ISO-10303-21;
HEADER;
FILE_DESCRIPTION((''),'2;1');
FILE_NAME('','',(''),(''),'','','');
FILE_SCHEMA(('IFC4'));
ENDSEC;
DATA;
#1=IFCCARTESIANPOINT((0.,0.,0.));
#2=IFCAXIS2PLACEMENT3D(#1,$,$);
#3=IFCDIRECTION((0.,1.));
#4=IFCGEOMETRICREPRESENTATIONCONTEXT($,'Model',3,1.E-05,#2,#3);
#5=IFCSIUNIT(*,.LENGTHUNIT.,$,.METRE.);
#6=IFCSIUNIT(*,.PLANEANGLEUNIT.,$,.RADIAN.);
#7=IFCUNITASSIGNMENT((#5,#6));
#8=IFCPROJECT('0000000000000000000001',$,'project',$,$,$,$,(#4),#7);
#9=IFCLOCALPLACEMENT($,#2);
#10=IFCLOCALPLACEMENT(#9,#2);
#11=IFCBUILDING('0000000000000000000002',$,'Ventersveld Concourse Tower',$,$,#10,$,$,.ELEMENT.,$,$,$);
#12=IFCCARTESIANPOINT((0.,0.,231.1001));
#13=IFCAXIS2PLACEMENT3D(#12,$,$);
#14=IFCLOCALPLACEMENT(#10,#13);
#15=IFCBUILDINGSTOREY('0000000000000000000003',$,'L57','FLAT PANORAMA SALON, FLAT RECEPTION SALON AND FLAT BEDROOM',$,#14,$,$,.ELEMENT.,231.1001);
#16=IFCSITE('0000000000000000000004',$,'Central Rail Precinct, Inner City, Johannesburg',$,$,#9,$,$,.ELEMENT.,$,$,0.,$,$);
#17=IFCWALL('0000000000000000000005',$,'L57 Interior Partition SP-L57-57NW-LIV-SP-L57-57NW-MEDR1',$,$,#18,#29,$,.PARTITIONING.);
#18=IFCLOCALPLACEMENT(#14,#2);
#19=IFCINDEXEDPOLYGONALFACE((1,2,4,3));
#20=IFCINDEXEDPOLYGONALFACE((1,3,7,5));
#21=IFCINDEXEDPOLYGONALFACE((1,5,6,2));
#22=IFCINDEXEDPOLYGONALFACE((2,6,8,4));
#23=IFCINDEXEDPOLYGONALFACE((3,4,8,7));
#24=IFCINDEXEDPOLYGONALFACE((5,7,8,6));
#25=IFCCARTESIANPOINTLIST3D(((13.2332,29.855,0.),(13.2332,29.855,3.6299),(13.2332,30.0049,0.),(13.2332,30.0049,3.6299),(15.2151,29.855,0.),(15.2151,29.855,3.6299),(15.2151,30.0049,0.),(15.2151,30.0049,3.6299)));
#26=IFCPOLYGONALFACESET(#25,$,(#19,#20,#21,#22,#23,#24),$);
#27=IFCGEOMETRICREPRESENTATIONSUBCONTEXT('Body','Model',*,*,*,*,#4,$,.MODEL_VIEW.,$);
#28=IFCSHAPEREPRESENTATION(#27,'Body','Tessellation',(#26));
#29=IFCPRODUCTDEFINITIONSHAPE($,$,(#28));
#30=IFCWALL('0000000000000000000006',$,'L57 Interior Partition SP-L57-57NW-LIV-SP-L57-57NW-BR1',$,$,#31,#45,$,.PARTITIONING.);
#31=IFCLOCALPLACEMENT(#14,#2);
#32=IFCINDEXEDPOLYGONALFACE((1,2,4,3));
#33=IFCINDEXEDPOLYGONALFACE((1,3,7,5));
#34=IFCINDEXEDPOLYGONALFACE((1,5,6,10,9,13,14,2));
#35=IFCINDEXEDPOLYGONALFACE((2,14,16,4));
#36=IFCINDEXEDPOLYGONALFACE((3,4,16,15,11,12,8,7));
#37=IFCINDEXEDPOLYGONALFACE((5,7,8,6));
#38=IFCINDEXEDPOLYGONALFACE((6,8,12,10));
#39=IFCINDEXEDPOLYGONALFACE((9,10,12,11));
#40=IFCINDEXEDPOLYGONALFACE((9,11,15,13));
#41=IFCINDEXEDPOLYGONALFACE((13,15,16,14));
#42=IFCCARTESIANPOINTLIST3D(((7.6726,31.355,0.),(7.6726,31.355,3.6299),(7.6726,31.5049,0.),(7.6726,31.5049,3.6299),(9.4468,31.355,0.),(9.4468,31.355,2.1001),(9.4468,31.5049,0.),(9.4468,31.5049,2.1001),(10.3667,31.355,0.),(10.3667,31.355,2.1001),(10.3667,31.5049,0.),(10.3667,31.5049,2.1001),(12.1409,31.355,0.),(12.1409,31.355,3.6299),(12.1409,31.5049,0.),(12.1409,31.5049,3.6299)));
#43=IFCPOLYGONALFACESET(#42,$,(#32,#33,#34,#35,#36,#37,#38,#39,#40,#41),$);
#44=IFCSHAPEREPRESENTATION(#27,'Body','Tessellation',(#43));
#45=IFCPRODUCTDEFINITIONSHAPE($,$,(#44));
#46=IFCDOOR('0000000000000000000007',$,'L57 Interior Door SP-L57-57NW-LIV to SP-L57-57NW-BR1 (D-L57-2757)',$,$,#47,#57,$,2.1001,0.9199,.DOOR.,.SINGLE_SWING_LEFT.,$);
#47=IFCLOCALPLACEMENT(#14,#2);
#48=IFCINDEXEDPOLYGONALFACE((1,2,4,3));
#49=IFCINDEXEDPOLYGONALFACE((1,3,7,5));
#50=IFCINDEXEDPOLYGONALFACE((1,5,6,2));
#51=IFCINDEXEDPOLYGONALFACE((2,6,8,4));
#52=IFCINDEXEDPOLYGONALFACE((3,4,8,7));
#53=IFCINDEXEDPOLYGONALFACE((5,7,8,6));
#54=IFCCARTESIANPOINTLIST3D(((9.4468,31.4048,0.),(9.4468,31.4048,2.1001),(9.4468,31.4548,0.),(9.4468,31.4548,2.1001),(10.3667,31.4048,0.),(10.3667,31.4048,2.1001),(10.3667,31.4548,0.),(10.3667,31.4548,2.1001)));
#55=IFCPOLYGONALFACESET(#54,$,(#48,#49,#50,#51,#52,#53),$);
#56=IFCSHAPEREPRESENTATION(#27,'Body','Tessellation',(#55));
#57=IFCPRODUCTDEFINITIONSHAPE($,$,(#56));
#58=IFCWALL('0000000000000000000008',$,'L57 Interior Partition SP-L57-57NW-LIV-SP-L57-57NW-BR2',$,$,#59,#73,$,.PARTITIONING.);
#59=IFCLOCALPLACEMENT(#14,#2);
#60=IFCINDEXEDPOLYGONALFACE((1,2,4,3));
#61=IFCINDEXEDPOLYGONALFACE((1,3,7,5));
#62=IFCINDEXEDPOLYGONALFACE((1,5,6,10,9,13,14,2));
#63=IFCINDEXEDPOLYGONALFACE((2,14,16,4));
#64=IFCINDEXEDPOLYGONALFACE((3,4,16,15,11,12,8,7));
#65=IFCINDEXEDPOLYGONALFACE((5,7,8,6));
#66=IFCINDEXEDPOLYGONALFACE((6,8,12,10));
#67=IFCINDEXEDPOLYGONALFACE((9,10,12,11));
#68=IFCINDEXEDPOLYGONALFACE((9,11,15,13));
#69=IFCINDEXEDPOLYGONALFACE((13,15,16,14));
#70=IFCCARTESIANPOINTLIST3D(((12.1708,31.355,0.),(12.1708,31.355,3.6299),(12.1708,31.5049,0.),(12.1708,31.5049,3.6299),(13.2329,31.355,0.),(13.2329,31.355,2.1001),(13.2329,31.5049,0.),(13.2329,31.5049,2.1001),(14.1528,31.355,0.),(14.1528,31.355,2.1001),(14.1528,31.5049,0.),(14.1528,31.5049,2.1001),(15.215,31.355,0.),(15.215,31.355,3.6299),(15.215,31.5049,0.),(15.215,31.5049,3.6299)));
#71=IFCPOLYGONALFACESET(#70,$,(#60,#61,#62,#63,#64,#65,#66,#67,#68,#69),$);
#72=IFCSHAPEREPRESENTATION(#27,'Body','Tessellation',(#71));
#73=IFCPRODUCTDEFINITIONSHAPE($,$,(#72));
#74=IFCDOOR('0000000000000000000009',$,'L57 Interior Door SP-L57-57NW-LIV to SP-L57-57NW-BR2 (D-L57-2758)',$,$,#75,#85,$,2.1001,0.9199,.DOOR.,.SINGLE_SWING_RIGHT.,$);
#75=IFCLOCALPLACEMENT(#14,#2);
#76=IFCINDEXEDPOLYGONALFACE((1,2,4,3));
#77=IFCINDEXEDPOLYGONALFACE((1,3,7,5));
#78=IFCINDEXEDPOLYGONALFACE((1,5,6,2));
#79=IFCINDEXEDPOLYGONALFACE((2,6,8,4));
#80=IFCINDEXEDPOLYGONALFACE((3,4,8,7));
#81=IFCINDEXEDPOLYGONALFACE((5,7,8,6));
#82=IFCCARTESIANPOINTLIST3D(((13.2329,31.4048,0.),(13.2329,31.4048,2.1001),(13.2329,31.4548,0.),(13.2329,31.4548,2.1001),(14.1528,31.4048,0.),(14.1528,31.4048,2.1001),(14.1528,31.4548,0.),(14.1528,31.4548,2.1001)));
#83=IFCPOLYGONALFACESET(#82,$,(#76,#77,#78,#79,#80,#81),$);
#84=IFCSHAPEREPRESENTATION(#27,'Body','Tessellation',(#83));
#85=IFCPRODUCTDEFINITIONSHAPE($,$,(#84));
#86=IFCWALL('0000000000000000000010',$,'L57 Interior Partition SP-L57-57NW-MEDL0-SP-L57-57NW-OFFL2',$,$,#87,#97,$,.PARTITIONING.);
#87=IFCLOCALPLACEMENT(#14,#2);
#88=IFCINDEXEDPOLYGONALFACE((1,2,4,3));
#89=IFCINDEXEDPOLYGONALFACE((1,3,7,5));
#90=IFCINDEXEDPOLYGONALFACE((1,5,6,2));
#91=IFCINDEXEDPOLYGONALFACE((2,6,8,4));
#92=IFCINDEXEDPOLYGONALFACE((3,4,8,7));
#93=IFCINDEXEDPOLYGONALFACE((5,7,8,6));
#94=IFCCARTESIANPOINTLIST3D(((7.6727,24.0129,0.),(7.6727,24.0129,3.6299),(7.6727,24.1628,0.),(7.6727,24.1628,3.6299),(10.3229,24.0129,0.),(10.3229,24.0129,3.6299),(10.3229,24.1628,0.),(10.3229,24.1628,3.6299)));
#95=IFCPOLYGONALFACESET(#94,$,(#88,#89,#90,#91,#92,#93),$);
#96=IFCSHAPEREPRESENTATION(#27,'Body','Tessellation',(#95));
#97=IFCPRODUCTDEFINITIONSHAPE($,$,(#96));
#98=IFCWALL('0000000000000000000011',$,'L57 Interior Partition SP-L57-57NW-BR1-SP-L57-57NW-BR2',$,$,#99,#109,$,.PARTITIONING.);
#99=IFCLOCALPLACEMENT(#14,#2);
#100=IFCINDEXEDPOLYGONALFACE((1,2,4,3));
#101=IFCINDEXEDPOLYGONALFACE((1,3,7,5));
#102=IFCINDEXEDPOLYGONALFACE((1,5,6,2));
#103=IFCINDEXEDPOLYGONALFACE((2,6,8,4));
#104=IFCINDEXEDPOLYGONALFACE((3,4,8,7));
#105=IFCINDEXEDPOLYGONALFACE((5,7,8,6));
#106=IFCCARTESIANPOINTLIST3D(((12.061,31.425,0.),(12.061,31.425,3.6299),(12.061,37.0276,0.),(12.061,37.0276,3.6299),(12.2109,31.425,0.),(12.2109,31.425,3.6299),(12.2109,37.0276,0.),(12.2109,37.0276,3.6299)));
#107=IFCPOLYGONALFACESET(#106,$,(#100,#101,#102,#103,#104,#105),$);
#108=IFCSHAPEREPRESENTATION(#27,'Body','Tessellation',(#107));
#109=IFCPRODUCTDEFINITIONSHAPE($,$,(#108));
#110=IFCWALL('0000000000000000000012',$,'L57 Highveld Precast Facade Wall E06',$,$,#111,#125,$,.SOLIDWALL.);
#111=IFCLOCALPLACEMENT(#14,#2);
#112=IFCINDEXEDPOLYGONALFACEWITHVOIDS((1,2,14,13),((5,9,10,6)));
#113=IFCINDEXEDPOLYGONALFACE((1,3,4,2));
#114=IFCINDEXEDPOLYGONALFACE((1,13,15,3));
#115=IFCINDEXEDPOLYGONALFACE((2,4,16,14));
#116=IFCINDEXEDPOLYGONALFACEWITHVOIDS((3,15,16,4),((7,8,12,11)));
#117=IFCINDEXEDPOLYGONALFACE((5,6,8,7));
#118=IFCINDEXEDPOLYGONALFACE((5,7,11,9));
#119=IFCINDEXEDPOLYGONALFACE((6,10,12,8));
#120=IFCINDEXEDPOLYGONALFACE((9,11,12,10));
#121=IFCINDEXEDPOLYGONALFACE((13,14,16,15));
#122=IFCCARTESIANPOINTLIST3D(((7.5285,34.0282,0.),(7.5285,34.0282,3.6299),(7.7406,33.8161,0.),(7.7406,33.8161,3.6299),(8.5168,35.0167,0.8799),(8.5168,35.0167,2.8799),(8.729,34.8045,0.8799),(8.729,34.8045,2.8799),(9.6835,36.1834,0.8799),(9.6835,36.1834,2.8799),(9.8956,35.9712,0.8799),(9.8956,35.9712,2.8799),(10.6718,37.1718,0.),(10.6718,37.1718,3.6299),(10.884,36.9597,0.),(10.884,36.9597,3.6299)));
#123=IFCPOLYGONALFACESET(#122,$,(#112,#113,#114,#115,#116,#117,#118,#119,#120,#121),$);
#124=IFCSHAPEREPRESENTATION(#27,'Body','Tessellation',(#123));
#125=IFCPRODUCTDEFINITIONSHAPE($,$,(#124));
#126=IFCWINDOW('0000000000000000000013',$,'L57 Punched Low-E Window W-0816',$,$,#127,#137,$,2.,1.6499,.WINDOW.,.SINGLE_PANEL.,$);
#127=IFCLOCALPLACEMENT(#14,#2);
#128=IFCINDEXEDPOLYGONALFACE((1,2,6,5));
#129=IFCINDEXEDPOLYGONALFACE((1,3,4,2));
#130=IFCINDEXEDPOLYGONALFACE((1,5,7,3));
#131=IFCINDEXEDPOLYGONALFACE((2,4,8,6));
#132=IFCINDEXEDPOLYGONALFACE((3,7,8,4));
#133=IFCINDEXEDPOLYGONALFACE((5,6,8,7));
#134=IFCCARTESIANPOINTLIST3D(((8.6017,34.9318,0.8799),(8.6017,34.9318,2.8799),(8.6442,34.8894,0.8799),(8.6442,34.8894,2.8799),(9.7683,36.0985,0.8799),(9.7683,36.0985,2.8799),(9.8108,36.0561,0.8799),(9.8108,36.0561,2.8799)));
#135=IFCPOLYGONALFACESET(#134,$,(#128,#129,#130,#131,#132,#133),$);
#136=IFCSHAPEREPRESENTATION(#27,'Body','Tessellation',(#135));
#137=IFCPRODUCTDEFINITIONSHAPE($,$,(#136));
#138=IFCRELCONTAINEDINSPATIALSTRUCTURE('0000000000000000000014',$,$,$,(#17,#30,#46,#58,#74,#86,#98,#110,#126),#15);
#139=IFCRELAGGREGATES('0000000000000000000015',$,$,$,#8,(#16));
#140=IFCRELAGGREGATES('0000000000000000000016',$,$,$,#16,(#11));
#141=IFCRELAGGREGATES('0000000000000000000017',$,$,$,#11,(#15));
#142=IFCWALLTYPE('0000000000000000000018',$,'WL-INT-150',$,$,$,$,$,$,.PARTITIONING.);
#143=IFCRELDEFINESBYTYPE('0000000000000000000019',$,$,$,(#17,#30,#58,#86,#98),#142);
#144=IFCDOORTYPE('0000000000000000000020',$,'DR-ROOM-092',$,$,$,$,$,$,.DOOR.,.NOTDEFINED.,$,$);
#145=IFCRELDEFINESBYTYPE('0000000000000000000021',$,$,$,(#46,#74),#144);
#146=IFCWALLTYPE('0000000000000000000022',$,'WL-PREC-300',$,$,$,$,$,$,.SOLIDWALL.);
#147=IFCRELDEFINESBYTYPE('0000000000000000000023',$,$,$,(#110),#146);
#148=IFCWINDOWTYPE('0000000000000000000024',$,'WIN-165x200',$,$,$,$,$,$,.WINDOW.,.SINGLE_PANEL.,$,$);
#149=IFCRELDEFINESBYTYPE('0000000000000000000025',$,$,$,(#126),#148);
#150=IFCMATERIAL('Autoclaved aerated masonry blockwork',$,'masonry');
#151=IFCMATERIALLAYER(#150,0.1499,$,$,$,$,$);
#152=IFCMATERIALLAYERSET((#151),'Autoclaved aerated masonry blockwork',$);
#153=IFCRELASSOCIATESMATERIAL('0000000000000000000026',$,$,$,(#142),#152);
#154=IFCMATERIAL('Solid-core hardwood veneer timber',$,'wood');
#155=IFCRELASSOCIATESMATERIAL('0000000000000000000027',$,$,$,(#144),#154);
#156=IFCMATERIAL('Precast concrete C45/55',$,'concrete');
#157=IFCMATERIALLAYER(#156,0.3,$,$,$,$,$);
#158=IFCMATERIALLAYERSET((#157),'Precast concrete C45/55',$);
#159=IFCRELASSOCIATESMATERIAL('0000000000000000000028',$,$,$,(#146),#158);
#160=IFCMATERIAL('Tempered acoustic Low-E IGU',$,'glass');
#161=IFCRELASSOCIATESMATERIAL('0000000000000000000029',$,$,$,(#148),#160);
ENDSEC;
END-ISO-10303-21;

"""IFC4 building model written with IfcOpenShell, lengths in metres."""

from ifc_helpers import new_model, si_unit, direction, frame, frame_2d, origin, place, context, subcontext, project, spatial, rectangle, extrude, material, layer, layer_set, type_object, element, fill, save


model = new_model("IFC4")

# Units and contexts
model_context = context("Model", 3, precision=1e-05, world=origin(), true_north=direction((0.0, 1.0)))
body_context = subcontext(model_context, "Body", "Model", "MODEL_VIEW")
ifc_project = project(units=[si_unit("LENGTHUNIT", "METRE"), si_unit("PLANEANGLEUNIT", "RADIAN")], contexts=[model_context])

# Site, building, storey
site_placement = place(None, origin())
site = spatial("IfcSite", under=ifc_project, at=site_placement, Name="Central Rail Precinct, Inner City, Johannesburg", CompositionType="ELEMENT", RefElevation=0.0)
building_placement = place(site_placement, origin())
building = spatial("IfcBuilding", under=site, at=building_placement, Name="Ventersveld Concourse Tower", CompositionType="ELEMENT")
storey_placement = place(building_placement, frame((0.0, 0.0, 231.1001)))
storey = spatial("IfcBuildingStorey", under=building, at=storey_placement, Name="L57", Description="FLAT PANORAMA SALON, FLAT RECEPTION SALON AND FLAT BEDROOM", CompositionType="ELEMENT", Elevation=231.1001)

# Shared definitions
ifc_material_1 = material(Name="Autoclaved aerated masonry blockwork", Category="masonry")
ifc_layer_1 = layer(ifc_material_1, 0.1499)
ifc_layer_set_1 = layer_set([ifc_layer_1], Name="Autoclaved aerated masonry blockwork")
wall_type_1 = type_object("IfcWallType", Name="WL-INT-150", PredefinedType="PARTITIONING", material=ifc_layer_set_1)
ifc_material_2 = material(Name="Solid-core hardwood veneer timber", Category="wood")
door_type = type_object("IfcDoorType", Name="DR-ROOM-092", OperationType="NOTDEFINED", PredefinedType="DOOR", material=ifc_material_2)

# Wall
wall_1_placement = place(storey_placement, frame((13.2332, 29.9299, 0.0), z_axis=(0.0, 0.0, 1.0), x_axis=(1.0, 0.0, 0.0)))
element("IfcWall", 1, at=wall_1_placement, inside=storey, type_object=wall_type_1, Name="L57 Interior Partition SP-L57-57NW-LIV-SP-L57-57NW-MEDR1", PredefinedType="PARTITIONING", context=body_context, shape_type="SweptSolid", body=[
    extrude(rectangle(XDim=1.9819, YDim=0.1499, at=frame_2d((0.991, 0.0))), origin(), (0.0, 0.0, 1.0), 3.6299),
])

# Walls, openings, doors
wall_2_placement = place(storey_placement, frame((7.6726, 31.4299, 0.0), z_axis=(0.0, 0.0, 1.0), x_axis=(1.0, 0.0, 0.0)))
wall_2 = element("IfcWall", 2, at=wall_2_placement, inside=storey, type_object=wall_type_1, Name="L57 Interior Partition SP-L57-57NW-LIV-SP-L57-57NW-BR1", PredefinedType="PARTITIONING", context=body_context, shape_type="SweptSolid", body=[
    extrude(rectangle(XDim=4.4683, YDim=0.1499, at=frame_2d((2.2341, 0.0))), origin(), (0.0, 0.0, 1.0), 3.6299),
])
opening_1_placement = place(wall_2_placement, frame((1.7742, 0.0, 0.0)))
opening_1 = element("IfcOpeningElement", 3, at=opening_1_placement, cuts=wall_2, PredefinedType="OPENING", context=body_context, shape_type="SweptSolid", body=[
    extrude(rectangle(XDim=0.9199, YDim=2.1001, at=frame_2d((0.46, 1.05))), frame((0.0, 0.085, 0.0), z_axis=(0.0, -1.0, 0.0), x_axis=(1.0, 0.0, 0.0)), (0.0, 0.0, 1.0), 0.1699),
])
door_1_placement = place(opening_1_placement, origin())
door_1 = element("IfcDoor", 4, at=door_1_placement, inside=storey, type_object=door_type, Name="L57 Interior Door SP-L57-57NW-LIV to SP-L57-57NW-BR1 (D-L57-2757)", OperationType="SINGLE_SWING_LEFT", OverallHeight=2.1001, OverallWidth=0.9199, PredefinedType="DOOR", context=body_context, shape_type="SweptSolid", body=[
    extrude(rectangle(XDim=0.9199, YDim=2.1001, at=frame_2d((0.46, 1.05))), frame((0.0, 0.0249, 0.0), z_axis=(0.0, -1.0, 0.0), x_axis=(1.0, 0.0, 0.0)), (0.0, 0.0, 1.0), 0.05),
])
fill(opening_1, door_1)
wall_3_placement = place(storey_placement, frame((12.1709, 31.4299, 0.0), z_axis=(0.0, 0.0, 1.0), x_axis=(1.0, 0.0, 0.0)))
wall_3 = element("IfcWall", 5, at=wall_3_placement, inside=storey, type_object=wall_type_1, Name="L57 Interior Partition SP-L57-57NW-LIV-SP-L57-57NW-BR2", PredefinedType="PARTITIONING", context=body_context, shape_type="SweptSolid", body=[
    extrude(rectangle(XDim=3.0442, YDim=0.1499, at=frame_2d((1.522, 0.0))), origin(), (0.0, 0.0, 1.0), 3.6299),
])
opening_2_placement = place(wall_3_placement, frame((1.062, 0.0, 0.0)))
opening_2 = element("IfcOpeningElement", 6, at=opening_2_placement, cuts=wall_3, PredefinedType="OPENING", context=body_context, shape_type="SweptSolid", body=[
    extrude(rectangle(XDim=0.9199, YDim=2.1001, at=frame_2d((0.46, 1.05))), frame((0.0, 0.085, 0.0), z_axis=(0.0, -1.0, 0.0), x_axis=(1.0, 0.0, 0.0)), (0.0, 0.0, 1.0), 0.1699),
])
door_2_placement = place(opening_2_placement, origin())
door_2 = element("IfcDoor", 7, at=door_2_placement, inside=storey, type_object=door_type, Name="L57 Interior Door SP-L57-57NW-LIV to SP-L57-57NW-BR2 (D-L57-2758)", OperationType="SINGLE_SWING_RIGHT", OverallHeight=2.1001, OverallWidth=0.9199, PredefinedType="DOOR", context=body_context, shape_type="SweptSolid", body=[
    extrude(rectangle(XDim=0.9199, YDim=2.1001, at=frame_2d((0.46, 1.05))), frame((0.0, 0.0249, 0.0), z_axis=(0.0, -1.0, 0.0), x_axis=(1.0, 0.0, 0.0)), (0.0, 0.0, 1.0), 0.05),
])
fill(opening_2, door_2)

# Walls
wall_4_placement = place(storey_placement, frame((7.6726, 24.0879, 0.0), z_axis=(0.0, 0.0, 1.0), x_axis=(1.0, 0.0, 0.0)))
element("IfcWall", 8, at=wall_4_placement, inside=storey, type_object=wall_type_1, Name="L57 Interior Partition SP-L57-57NW-MEDL0-SP-L57-57NW-OFFL2", PredefinedType="PARTITIONING", context=body_context, shape_type="SweptSolid", body=[
    extrude(rectangle(XDim=2.6501, YDim=0.1499, at=frame_2d((1.3252, 0.0))), origin(), (0.0, 0.0, 1.0), 3.6299),
])
wall_5_placement = place(storey_placement, frame((12.136, 31.425, 0.0), z_axis=(0.0, 0.0, 1.0), x_axis=(0.0, 1.0, 0.0)))
element("IfcWall", 9, at=wall_5_placement, inside=storey, type_object=wall_type_1, Name="L57 Interior Partition SP-L57-57NW-BR1-SP-L57-57NW-BR2", PredefinedType="PARTITIONING", context=body_context, shape_type="SweptSolid", body=[
    extrude(rectangle(XDim=5.6025, YDim=0.1499, at=frame_2d((2.8013, 0.0))), origin(), (0.0, 0.0, 1.0), 3.6299),
])

# Wall, opening, window
ifc_material_3 = material(Name="Precast concrete C45/55", Category="concrete")
ifc_layer_2 = layer(ifc_material_3, 0.3)
ifc_layer_set_2 = layer_set([ifc_layer_2], Name="Precast concrete C45/55")
wall_type_2 = type_object("IfcWallType", Name="WL-PREC-300", PredefinedType="SOLIDWALL", material=ifc_layer_set_2)
wall_6_placement = place(storey_placement, frame((10.7778, 37.0657, 0.0), z_axis=(0.0, 0.0, 1.0), x_axis=(-0.707079, -0.707134, 0.0)))
wall_6 = element("IfcWall", 10, at=wall_6_placement, inside=storey, type_object=wall_type_2, Name="L57 Highveld Precast Facade Wall E06", PredefinedType="SOLIDWALL", context=body_context, shape_type="SweptSolid", body=[
    extrude(rectangle(XDim=4.4456, YDim=0.3, at=frame_2d((2.2227, 0.0))), origin(), (0.0, 0.0, 1.0), 3.6299),
])
opening_3_placement = place(wall_6_placement, frame((1.3977, 0.0, 0.8799)))
opening_3 = element("IfcOpeningElement", 11, at=opening_3_placement, cuts=wall_6, PredefinedType="OPENING", context=body_context, shape_type="SweptSolid", body=[
    extrude(rectangle(XDim=1.6499, YDim=2.0, at=frame_2d((0.825, 1.0))), frame((0.0, 0.1602, 0.0), z_axis=(0.0, -1.0, 0.0), x_axis=(1.0, 0.0, 0.0)), (0.0, 0.0, 1.0), 0.3201),
])
ifc_material_4 = material(Name="Tempered acoustic Low-E IGU", Category="glass")
window_type_1 = type_object("IfcWindowType", Name="WIN-165x200", PartitioningType="SINGLE_PANEL", PredefinedType="WINDOW", material=ifc_material_4)
window_1_placement = place(opening_3_placement, origin())
window_1 = element("IfcWindow", 12, at=window_1_placement, inside=storey, type_object=window_type_1, Name="L57 Punched Low-E Window W-0816", OverallHeight=2.0, OverallWidth=1.6499, PartitioningType="SINGLE_PANEL", PredefinedType="WINDOW", context=body_context, shape_type="SweptSolid", body=[
    extrude(rectangle(XDim=1.6499, YDim=2.0, at=frame_2d((0.825, 1.0))), frame((0.0, 0.03, 0.0), z_axis=(0.0, -1.0, 0.0), x_axis=(1.0, 0.0, 0.0)), (0.0, 0.0, 1.0), 0.0601),
])
fill(opening_3, window_1)

save(model, "model.ifc")
